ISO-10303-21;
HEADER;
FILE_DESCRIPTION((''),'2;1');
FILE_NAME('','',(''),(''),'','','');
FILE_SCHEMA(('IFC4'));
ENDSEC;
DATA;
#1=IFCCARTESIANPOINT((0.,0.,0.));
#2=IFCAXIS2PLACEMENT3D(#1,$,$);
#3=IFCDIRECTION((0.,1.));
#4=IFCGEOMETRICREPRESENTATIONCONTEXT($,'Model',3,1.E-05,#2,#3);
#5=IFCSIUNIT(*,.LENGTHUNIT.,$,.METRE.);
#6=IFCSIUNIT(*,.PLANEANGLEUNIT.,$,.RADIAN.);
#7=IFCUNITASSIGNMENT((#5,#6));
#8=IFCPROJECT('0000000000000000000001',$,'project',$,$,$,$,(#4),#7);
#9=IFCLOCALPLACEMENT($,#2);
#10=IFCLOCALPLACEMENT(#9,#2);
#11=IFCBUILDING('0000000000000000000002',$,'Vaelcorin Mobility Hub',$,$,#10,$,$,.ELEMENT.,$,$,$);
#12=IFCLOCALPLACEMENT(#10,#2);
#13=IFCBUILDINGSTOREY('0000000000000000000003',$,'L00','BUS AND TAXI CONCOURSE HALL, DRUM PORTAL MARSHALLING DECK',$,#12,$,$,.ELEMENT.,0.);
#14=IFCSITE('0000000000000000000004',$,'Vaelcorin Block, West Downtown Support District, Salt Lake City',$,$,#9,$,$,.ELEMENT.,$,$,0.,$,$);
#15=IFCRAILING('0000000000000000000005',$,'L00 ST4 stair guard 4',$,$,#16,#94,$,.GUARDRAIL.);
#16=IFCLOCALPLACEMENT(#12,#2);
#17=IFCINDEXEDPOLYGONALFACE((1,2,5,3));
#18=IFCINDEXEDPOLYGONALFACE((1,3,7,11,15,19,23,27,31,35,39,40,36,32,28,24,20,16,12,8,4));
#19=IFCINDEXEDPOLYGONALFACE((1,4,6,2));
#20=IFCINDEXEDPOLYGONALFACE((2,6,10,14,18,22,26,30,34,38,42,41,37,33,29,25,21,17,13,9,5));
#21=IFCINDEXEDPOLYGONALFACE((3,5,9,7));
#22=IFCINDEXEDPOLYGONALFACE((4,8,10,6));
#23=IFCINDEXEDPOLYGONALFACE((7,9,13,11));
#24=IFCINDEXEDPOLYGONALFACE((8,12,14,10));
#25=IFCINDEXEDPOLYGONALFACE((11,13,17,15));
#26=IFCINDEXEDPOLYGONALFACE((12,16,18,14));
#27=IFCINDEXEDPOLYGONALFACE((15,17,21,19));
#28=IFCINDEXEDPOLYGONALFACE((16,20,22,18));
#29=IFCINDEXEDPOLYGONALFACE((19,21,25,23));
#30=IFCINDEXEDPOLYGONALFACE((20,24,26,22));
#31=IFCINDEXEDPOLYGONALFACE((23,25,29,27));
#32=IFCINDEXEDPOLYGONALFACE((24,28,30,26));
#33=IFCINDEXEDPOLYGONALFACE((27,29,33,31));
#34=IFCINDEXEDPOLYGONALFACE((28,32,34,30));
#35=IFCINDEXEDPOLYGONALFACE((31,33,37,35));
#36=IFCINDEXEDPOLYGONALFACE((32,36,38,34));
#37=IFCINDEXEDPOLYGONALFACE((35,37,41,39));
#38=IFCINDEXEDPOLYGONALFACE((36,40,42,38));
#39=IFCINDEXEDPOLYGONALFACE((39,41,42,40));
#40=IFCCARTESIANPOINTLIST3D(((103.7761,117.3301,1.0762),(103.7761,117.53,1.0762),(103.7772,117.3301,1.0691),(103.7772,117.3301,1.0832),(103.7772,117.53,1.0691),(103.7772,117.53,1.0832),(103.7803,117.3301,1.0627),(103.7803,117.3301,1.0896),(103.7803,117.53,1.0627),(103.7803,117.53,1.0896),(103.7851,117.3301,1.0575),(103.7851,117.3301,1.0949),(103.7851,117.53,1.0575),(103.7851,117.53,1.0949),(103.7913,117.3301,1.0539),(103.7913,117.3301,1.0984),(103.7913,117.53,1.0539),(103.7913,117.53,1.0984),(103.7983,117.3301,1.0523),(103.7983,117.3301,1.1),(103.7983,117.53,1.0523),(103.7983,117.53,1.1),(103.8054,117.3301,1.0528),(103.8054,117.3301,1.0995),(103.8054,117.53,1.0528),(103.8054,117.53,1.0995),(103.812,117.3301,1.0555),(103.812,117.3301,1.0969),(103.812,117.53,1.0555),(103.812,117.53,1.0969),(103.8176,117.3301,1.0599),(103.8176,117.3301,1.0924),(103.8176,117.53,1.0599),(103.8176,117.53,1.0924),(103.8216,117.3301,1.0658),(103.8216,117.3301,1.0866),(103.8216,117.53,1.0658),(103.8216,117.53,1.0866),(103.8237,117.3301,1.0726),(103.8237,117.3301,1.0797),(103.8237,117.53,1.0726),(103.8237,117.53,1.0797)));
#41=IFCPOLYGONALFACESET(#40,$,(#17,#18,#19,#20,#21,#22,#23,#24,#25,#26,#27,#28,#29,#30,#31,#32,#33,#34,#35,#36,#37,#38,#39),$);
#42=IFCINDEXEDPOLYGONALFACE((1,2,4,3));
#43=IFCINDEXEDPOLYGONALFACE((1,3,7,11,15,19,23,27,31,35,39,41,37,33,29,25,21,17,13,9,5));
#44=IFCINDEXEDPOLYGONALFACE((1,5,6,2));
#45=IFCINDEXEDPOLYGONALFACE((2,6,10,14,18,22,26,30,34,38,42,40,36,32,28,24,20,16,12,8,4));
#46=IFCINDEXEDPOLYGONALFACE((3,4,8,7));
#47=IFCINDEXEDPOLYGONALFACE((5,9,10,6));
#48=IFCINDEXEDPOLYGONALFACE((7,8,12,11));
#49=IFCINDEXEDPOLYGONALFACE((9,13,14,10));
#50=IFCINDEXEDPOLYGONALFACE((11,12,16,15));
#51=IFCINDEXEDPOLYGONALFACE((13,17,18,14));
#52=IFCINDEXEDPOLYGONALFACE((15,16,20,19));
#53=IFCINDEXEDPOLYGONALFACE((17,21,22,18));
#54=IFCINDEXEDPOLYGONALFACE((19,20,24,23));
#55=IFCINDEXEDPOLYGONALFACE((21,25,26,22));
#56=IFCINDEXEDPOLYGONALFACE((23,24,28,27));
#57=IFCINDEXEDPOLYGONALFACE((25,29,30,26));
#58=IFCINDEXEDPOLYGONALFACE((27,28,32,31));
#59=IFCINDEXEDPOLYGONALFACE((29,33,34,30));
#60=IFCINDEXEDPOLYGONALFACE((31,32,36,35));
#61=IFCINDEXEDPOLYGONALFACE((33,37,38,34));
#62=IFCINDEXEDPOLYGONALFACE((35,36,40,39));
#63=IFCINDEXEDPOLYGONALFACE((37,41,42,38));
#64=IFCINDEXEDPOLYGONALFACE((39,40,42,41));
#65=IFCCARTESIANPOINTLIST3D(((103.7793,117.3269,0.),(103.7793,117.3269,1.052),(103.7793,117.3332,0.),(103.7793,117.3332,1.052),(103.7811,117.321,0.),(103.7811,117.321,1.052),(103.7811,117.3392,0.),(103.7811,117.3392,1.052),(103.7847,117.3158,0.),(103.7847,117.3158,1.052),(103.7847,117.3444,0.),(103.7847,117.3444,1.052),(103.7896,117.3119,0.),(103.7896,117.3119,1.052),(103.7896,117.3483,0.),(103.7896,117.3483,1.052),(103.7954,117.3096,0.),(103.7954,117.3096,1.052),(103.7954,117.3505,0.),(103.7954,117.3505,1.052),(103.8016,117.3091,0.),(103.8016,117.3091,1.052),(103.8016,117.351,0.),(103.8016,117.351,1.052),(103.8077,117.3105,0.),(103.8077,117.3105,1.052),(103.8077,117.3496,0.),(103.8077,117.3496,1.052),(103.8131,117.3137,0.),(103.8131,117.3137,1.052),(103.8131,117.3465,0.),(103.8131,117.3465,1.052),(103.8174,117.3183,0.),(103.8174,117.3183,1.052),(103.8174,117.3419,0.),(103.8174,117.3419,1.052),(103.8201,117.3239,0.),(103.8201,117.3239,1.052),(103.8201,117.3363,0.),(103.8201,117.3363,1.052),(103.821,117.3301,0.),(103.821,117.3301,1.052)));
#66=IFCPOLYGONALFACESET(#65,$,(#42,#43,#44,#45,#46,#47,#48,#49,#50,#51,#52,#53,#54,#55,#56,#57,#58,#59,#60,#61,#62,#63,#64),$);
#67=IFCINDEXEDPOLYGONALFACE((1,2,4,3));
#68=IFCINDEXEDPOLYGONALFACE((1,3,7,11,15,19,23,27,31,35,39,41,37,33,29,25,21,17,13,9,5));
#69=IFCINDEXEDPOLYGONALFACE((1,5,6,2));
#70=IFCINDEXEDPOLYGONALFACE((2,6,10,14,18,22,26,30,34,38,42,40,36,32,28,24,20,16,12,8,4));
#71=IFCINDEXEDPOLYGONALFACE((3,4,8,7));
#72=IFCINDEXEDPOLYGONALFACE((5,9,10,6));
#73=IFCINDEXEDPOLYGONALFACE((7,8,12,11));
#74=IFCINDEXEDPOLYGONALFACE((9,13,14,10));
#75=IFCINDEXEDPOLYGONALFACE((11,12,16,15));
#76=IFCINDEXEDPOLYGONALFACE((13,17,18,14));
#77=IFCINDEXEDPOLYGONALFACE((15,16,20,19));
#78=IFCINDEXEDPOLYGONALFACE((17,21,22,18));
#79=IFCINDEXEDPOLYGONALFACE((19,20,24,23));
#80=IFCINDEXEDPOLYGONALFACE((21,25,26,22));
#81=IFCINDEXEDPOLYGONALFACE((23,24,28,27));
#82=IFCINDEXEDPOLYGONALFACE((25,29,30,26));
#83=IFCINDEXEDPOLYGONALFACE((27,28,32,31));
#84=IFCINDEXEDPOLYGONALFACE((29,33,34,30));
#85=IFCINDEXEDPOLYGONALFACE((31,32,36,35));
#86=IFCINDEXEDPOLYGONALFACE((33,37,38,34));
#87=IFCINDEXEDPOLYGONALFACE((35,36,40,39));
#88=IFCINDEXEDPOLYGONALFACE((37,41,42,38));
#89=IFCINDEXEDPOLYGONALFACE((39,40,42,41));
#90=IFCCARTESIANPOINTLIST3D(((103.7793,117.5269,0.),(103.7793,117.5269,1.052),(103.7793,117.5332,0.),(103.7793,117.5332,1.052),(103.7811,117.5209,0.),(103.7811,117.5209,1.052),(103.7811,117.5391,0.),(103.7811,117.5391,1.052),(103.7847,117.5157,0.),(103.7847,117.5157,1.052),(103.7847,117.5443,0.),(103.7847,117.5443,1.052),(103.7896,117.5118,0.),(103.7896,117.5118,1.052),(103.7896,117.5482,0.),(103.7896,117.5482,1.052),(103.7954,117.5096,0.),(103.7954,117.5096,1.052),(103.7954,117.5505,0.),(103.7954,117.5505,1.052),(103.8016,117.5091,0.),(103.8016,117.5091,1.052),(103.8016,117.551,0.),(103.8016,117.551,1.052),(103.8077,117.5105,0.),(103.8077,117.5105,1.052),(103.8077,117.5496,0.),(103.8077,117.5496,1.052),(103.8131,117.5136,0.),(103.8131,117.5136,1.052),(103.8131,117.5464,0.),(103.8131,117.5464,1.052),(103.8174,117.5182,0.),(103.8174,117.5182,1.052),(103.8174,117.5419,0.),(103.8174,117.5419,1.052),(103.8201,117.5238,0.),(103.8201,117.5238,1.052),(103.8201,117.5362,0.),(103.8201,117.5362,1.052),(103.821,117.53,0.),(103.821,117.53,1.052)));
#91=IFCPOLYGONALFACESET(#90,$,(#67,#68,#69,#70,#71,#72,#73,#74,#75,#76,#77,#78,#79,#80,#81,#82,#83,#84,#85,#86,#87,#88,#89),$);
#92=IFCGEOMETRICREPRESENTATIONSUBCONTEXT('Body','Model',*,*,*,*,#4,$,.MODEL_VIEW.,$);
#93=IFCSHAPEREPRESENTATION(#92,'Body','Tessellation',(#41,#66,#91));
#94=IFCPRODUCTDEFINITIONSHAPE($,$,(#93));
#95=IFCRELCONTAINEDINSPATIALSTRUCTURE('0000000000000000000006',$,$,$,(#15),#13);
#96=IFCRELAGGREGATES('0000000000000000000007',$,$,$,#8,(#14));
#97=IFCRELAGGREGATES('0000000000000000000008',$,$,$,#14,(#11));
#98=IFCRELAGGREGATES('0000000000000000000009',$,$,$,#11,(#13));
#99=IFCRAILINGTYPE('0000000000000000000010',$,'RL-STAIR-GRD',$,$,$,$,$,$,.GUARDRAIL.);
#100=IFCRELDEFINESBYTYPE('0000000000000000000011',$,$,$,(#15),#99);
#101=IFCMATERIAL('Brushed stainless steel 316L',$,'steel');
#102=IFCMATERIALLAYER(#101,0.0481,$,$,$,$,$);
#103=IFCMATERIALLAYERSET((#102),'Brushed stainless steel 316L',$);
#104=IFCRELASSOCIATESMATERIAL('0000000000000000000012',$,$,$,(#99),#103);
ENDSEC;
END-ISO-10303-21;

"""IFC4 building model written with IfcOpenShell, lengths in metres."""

from ifc_helpers import new_model, si_unit, direction, frame, origin, origin_2d, place, context, subcontext, project, spatial, circle, extrude, material, layer, layer_set, type_object, element, save


model = new_model("IFC4")

# Units and contexts
model_context = context("Model", 3, precision=1e-05, world=origin(), true_north=direction((0.0, 1.0)))
body_context = subcontext(model_context, "Body", "Model", "MODEL_VIEW")
ifc_project = project(units=[si_unit("LENGTHUNIT", "METRE"), si_unit("PLANEANGLEUNIT", "RADIAN")], contexts=[model_context])

# Site, building, storey
site_placement = place(None, origin())
site = spatial("IfcSite", under=ifc_project, at=site_placement, Name="Vaelcorin Block, West Downtown Support District, Salt Lake City", CompositionType="ELEMENT", RefElevation=0.0)
building_placement = place(site_placement, origin())
building = spatial("IfcBuilding", under=site, at=building_placement, Name="Vaelcorin Mobility Hub", CompositionType="ELEMENT")
storey_placement = place(building_placement, origin())
storey = spatial("IfcBuildingStorey", under=building, at=storey_placement, Name="L00", Description="BUS AND TAXI CONCOURSE HALL, DRUM PORTAL MARSHALLING DECK", CompositionType="ELEMENT", Elevation=0.0)

# Shared definitions
ifc_material_1 = material(Name="Brushed stainless steel 316L", Category="steel")

# Railing
ifc_layer_1 = layer(ifc_material_1, 0.0481)
ifc_layer_set_1 = layer_set([ifc_layer_1], Name="Brushed stainless steel 316L")
railing_type_1 = type_object("IfcRailingType", Name="RL-STAIR-GRD", PredefinedType="GUARDRAIL", material=ifc_layer_set_1)
railing_1_placement = place(storey_placement, frame((103.8, 117.3301, 0.0)))
element("IfcRailing", 1, at=railing_1_placement, inside=storey, type_object=railing_type_1, Name="L00 ST4 stair guard 4", PredefinedType="GUARDRAIL", context=body_context, shape_type="SweptSolid", body=[
    extrude(circle(Radius=0.0239, at=origin_2d()), frame((0.0, 0.0, 1.0762), z_axis=(0.0, 1.0, 0.0), x_axis=(-1.0, 0.0, 0.0)), (0.0, 0.0, 1.0), 0.2),
    extrude(circle(Radius=0.021, at=origin_2d()), origin(), (0.0, 0.0, 1.0), 1.052),
    extrude(circle(Radius=0.021, at=origin_2d()), frame((0.0, 0.2, 0.0)), (0.0, 0.0, 1.0), 1.052),
])

save(model, "model.ifc")
